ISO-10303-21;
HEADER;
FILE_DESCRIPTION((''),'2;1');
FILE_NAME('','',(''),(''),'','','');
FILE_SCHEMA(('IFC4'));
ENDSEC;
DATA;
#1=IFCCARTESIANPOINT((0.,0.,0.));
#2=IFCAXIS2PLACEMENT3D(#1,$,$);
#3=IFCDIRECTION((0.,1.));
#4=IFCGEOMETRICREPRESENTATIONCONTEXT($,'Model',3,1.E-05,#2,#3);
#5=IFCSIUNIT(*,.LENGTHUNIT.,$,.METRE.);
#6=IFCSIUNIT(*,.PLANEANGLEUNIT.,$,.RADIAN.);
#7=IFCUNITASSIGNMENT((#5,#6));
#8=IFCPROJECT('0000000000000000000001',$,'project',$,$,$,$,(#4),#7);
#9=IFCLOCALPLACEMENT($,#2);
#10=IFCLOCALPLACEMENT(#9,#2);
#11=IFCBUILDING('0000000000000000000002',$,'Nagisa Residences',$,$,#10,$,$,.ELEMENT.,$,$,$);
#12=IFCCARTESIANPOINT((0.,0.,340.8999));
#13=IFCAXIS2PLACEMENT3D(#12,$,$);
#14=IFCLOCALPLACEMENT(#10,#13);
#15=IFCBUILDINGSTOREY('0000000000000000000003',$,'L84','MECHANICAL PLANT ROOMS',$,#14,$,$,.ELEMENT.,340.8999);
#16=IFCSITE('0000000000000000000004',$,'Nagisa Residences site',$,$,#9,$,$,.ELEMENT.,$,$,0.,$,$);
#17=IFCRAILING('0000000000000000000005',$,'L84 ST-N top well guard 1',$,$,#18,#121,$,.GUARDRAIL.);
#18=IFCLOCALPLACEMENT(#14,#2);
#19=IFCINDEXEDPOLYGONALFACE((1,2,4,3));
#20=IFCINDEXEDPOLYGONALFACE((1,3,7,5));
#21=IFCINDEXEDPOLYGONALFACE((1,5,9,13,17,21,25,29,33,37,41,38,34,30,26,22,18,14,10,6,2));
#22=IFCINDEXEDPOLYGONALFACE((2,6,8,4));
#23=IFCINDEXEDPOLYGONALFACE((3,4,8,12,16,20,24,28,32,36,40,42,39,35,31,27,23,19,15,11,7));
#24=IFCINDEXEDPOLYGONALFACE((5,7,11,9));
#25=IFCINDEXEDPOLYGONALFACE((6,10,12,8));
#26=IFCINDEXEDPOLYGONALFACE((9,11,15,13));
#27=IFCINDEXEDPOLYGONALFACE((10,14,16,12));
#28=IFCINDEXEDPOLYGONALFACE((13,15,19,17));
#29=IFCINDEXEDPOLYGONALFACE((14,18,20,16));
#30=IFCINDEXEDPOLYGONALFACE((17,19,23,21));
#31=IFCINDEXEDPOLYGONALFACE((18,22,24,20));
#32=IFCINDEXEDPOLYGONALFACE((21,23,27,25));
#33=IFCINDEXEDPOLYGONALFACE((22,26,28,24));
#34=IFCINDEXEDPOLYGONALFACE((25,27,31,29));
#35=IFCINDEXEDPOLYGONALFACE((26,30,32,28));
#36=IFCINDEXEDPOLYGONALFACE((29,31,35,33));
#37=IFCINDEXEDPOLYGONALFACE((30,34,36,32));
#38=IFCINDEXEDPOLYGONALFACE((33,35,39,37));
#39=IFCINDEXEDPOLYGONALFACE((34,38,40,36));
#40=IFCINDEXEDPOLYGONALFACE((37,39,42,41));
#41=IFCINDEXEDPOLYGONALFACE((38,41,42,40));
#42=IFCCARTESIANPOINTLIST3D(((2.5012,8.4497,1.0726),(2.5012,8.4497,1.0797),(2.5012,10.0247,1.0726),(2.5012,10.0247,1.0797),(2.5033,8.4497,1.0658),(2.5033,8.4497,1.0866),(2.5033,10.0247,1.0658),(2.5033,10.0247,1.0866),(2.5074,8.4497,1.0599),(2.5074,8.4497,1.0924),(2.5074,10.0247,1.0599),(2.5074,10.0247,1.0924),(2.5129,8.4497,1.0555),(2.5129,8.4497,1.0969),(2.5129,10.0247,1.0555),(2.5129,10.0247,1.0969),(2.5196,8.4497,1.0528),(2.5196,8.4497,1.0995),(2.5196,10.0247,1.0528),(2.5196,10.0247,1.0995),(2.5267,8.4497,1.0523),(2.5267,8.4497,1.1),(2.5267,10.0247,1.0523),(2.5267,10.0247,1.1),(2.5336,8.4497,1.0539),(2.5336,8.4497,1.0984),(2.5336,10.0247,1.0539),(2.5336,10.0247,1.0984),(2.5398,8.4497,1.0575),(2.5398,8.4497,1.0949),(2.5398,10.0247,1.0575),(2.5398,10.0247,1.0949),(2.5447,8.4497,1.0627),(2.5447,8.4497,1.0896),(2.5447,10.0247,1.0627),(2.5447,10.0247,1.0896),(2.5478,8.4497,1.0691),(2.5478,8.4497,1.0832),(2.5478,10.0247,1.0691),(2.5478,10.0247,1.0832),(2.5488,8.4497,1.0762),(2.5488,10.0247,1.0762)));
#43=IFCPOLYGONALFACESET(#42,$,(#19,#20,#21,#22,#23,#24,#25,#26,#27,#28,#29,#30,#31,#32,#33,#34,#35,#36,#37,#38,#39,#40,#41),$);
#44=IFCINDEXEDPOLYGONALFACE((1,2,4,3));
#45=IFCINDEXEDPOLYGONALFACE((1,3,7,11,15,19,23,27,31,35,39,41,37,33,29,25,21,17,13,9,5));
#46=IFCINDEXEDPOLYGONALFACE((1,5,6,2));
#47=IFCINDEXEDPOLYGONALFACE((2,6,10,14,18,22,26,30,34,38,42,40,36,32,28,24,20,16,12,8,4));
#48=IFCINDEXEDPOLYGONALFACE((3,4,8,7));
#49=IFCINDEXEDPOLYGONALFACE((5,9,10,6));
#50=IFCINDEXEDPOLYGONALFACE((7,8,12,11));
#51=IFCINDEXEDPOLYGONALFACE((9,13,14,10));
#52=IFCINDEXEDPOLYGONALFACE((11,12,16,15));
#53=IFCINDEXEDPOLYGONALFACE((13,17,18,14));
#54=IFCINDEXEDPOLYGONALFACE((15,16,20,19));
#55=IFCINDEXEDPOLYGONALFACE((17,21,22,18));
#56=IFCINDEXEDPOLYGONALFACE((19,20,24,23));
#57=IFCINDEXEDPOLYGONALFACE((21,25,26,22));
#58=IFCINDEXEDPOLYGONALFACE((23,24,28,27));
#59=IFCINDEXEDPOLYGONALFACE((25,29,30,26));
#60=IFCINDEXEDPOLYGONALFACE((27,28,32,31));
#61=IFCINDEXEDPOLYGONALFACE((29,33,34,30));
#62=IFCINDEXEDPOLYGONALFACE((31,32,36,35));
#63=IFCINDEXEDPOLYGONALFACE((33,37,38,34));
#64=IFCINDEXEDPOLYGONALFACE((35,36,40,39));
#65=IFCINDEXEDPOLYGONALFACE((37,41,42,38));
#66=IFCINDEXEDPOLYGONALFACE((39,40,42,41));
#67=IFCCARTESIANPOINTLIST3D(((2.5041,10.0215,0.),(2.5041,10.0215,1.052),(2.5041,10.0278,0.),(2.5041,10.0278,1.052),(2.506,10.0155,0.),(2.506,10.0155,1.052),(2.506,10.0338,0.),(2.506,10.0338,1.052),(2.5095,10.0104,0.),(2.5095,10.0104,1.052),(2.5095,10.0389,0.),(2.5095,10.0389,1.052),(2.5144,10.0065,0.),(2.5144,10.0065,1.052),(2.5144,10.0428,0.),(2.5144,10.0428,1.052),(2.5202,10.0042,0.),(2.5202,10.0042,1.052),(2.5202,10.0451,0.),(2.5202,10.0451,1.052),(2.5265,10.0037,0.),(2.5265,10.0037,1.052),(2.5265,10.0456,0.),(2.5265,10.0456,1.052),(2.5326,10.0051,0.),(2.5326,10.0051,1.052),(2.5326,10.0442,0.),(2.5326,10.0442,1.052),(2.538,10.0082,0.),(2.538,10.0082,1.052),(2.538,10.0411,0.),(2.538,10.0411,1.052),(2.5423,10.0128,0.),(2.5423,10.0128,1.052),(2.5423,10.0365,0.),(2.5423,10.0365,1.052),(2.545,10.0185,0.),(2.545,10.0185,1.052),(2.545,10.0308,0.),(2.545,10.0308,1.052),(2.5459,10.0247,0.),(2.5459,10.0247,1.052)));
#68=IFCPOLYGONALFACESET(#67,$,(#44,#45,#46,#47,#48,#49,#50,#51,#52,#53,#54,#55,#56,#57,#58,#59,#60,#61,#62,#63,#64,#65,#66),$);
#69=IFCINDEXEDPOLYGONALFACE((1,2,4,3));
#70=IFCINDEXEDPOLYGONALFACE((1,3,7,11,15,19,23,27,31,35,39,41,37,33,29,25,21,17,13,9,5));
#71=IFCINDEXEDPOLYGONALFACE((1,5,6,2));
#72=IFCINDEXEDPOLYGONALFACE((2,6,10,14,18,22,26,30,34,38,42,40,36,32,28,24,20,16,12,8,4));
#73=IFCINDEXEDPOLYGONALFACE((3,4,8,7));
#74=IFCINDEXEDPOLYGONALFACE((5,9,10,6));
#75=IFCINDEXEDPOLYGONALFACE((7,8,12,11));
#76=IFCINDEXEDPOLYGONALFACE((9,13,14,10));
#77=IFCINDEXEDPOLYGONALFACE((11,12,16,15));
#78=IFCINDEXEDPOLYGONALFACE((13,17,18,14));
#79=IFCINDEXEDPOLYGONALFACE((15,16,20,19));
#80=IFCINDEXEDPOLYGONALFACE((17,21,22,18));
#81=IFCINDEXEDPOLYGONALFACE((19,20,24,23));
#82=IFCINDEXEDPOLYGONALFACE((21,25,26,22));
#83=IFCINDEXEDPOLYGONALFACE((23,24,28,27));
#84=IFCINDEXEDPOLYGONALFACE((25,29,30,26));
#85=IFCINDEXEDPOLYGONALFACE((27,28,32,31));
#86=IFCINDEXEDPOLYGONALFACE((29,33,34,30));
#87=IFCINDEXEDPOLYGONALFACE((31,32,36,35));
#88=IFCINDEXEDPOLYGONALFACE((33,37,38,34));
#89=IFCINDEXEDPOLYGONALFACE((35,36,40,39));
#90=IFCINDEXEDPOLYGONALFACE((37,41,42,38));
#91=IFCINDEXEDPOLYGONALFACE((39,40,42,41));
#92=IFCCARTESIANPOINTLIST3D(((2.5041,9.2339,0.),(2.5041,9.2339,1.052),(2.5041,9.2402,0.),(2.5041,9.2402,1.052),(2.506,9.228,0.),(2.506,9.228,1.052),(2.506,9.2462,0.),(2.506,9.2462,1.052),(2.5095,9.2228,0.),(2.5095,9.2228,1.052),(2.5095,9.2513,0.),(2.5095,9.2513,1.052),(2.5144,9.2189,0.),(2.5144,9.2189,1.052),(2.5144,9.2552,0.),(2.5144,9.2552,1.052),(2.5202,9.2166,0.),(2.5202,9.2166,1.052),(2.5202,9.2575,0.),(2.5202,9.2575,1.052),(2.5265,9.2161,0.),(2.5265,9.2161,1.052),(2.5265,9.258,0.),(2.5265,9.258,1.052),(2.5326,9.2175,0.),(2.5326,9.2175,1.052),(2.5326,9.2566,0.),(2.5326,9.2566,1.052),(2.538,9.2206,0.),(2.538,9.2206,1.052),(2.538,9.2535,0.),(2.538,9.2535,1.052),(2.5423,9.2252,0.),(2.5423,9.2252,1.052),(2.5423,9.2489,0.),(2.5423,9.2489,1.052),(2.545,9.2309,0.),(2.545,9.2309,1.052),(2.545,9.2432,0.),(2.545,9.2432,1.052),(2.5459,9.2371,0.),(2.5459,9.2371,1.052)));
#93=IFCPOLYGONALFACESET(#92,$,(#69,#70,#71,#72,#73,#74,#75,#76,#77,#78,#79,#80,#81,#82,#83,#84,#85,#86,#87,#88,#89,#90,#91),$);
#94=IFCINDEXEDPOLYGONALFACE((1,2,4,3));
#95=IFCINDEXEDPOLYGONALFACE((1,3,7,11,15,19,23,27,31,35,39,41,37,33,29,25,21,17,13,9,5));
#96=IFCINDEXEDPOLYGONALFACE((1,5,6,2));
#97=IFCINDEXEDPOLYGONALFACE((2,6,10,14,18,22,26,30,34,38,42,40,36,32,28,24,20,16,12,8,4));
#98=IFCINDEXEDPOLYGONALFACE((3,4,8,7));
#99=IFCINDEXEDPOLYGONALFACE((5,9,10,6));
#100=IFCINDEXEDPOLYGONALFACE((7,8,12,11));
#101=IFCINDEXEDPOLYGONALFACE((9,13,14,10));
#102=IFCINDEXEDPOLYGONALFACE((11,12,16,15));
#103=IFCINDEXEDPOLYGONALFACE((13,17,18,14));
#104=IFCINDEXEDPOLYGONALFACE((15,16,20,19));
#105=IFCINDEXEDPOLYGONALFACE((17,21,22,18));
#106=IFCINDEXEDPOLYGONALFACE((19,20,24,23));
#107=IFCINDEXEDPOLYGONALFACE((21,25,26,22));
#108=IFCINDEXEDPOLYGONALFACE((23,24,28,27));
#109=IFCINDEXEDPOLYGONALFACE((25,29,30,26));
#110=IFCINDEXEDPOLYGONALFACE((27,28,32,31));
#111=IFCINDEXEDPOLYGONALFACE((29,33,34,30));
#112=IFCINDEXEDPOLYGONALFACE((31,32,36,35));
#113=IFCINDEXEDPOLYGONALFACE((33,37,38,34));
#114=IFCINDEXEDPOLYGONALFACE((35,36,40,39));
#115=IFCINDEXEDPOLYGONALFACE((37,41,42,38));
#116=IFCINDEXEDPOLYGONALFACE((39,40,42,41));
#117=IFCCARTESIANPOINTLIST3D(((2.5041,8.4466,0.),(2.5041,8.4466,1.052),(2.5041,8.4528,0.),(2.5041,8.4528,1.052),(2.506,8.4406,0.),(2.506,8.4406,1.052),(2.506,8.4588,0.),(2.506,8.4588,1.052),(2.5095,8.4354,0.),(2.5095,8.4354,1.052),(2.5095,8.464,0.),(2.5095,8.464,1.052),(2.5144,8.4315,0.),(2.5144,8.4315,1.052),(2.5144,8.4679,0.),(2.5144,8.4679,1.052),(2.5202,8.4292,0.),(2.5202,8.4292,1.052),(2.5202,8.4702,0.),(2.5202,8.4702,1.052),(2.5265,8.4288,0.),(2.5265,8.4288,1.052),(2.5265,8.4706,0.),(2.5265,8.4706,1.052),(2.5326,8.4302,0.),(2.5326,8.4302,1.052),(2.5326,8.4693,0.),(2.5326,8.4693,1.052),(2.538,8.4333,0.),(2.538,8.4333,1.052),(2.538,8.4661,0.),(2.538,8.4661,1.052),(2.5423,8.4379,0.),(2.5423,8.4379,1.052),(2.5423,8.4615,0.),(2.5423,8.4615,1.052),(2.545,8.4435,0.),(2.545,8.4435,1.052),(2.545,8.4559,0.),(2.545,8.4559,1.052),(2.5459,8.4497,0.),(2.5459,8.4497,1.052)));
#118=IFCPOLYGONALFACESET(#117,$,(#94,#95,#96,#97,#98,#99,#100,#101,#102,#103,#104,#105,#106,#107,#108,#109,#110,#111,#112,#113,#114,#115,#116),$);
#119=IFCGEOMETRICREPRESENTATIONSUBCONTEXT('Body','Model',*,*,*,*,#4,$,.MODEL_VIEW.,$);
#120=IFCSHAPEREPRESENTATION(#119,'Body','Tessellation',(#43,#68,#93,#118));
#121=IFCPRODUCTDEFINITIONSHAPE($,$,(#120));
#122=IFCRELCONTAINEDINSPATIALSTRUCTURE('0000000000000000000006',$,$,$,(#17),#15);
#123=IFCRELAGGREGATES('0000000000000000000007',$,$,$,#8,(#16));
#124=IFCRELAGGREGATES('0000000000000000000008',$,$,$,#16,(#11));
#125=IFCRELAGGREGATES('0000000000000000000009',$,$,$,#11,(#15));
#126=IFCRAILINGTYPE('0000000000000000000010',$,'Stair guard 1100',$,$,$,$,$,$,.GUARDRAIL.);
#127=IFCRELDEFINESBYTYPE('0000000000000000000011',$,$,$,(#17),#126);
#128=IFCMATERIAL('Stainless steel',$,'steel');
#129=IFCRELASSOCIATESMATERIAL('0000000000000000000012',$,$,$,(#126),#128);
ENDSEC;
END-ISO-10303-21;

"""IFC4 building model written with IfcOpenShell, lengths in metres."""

from ifc_helpers import new_model, si_unit, direction, frame, origin, origin_2d, place, context, subcontext, project, spatial, circle, extrude, material, type_object, element, save


model = new_model("IFC4")

# Units and contexts
model_context = context("Model", 3, precision=1e-05, world=origin(), true_north=direction((0.0, 1.0)))
body_context = subcontext(model_context, "Body", "Model", "MODEL_VIEW")
ifc_project = project(units=[si_unit("LENGTHUNIT", "METRE"), si_unit("PLANEANGLEUNIT", "RADIAN")], contexts=[model_context])

# Site, building, storey
site_placement = place(None, origin())
site = spatial("IfcSite", under=ifc_project, at=site_placement, Name="Nagisa Residences site", CompositionType="ELEMENT", RefElevation=0.0)
building_placement = place(site_placement, origin())
building = spatial("IfcBuilding", under=site, at=building_placement, Name="Nagisa Residences", CompositionType="ELEMENT")
storey_placement = place(building_placement, frame((0.0, 0.0, 340.8999)))
storey = spatial("IfcBuildingStorey", under=building, at=storey_placement, Name="L84", Description="MECHANICAL PLANT ROOMS", CompositionType="ELEMENT", Elevation=340.8999)

# Railing
ifc_material_1 = material(Name="Stainless steel", Category="steel")
railing_type = type_object("IfcRailingType", Name="Stair guard 1100", PredefinedType="GUARDRAIL", material=ifc_material_1)
railing_1_placement = place(storey_placement, frame((2.5249, 10.0247, 0.0)))
element("IfcRailing", 1, at=railing_1_placement, inside=storey, type_object=railing_type, Name="L84 ST-N top well guard 1", PredefinedType="GUARDRAIL", context=body_context, shape_type="SweptSolid", body=[
    extrude(circle(Radius=0.0239, at=origin_2d()), frame((0.0, 0.0, 1.0762), z_axis=(0.0, -1.0, 0.0), x_axis=(1.0, 0.0, 0.0)), (0.0, 0.0, 1.0), 1.575),
    extrude(circle(Radius=0.021, at=origin_2d()), origin(), (0.0, 0.0, 1.0), 1.052),
    extrude(circle(Radius=0.021, at=origin_2d()), frame((0.0, -0.7876, 0.0)), (0.0, 0.0, 1.0), 1.052),
    extrude(circle(Radius=0.021, at=origin_2d()), frame((0.0, -1.575, 0.0)), (0.0, 0.0, 1.0), 1.052),
])

save(model, "model.ifc")
